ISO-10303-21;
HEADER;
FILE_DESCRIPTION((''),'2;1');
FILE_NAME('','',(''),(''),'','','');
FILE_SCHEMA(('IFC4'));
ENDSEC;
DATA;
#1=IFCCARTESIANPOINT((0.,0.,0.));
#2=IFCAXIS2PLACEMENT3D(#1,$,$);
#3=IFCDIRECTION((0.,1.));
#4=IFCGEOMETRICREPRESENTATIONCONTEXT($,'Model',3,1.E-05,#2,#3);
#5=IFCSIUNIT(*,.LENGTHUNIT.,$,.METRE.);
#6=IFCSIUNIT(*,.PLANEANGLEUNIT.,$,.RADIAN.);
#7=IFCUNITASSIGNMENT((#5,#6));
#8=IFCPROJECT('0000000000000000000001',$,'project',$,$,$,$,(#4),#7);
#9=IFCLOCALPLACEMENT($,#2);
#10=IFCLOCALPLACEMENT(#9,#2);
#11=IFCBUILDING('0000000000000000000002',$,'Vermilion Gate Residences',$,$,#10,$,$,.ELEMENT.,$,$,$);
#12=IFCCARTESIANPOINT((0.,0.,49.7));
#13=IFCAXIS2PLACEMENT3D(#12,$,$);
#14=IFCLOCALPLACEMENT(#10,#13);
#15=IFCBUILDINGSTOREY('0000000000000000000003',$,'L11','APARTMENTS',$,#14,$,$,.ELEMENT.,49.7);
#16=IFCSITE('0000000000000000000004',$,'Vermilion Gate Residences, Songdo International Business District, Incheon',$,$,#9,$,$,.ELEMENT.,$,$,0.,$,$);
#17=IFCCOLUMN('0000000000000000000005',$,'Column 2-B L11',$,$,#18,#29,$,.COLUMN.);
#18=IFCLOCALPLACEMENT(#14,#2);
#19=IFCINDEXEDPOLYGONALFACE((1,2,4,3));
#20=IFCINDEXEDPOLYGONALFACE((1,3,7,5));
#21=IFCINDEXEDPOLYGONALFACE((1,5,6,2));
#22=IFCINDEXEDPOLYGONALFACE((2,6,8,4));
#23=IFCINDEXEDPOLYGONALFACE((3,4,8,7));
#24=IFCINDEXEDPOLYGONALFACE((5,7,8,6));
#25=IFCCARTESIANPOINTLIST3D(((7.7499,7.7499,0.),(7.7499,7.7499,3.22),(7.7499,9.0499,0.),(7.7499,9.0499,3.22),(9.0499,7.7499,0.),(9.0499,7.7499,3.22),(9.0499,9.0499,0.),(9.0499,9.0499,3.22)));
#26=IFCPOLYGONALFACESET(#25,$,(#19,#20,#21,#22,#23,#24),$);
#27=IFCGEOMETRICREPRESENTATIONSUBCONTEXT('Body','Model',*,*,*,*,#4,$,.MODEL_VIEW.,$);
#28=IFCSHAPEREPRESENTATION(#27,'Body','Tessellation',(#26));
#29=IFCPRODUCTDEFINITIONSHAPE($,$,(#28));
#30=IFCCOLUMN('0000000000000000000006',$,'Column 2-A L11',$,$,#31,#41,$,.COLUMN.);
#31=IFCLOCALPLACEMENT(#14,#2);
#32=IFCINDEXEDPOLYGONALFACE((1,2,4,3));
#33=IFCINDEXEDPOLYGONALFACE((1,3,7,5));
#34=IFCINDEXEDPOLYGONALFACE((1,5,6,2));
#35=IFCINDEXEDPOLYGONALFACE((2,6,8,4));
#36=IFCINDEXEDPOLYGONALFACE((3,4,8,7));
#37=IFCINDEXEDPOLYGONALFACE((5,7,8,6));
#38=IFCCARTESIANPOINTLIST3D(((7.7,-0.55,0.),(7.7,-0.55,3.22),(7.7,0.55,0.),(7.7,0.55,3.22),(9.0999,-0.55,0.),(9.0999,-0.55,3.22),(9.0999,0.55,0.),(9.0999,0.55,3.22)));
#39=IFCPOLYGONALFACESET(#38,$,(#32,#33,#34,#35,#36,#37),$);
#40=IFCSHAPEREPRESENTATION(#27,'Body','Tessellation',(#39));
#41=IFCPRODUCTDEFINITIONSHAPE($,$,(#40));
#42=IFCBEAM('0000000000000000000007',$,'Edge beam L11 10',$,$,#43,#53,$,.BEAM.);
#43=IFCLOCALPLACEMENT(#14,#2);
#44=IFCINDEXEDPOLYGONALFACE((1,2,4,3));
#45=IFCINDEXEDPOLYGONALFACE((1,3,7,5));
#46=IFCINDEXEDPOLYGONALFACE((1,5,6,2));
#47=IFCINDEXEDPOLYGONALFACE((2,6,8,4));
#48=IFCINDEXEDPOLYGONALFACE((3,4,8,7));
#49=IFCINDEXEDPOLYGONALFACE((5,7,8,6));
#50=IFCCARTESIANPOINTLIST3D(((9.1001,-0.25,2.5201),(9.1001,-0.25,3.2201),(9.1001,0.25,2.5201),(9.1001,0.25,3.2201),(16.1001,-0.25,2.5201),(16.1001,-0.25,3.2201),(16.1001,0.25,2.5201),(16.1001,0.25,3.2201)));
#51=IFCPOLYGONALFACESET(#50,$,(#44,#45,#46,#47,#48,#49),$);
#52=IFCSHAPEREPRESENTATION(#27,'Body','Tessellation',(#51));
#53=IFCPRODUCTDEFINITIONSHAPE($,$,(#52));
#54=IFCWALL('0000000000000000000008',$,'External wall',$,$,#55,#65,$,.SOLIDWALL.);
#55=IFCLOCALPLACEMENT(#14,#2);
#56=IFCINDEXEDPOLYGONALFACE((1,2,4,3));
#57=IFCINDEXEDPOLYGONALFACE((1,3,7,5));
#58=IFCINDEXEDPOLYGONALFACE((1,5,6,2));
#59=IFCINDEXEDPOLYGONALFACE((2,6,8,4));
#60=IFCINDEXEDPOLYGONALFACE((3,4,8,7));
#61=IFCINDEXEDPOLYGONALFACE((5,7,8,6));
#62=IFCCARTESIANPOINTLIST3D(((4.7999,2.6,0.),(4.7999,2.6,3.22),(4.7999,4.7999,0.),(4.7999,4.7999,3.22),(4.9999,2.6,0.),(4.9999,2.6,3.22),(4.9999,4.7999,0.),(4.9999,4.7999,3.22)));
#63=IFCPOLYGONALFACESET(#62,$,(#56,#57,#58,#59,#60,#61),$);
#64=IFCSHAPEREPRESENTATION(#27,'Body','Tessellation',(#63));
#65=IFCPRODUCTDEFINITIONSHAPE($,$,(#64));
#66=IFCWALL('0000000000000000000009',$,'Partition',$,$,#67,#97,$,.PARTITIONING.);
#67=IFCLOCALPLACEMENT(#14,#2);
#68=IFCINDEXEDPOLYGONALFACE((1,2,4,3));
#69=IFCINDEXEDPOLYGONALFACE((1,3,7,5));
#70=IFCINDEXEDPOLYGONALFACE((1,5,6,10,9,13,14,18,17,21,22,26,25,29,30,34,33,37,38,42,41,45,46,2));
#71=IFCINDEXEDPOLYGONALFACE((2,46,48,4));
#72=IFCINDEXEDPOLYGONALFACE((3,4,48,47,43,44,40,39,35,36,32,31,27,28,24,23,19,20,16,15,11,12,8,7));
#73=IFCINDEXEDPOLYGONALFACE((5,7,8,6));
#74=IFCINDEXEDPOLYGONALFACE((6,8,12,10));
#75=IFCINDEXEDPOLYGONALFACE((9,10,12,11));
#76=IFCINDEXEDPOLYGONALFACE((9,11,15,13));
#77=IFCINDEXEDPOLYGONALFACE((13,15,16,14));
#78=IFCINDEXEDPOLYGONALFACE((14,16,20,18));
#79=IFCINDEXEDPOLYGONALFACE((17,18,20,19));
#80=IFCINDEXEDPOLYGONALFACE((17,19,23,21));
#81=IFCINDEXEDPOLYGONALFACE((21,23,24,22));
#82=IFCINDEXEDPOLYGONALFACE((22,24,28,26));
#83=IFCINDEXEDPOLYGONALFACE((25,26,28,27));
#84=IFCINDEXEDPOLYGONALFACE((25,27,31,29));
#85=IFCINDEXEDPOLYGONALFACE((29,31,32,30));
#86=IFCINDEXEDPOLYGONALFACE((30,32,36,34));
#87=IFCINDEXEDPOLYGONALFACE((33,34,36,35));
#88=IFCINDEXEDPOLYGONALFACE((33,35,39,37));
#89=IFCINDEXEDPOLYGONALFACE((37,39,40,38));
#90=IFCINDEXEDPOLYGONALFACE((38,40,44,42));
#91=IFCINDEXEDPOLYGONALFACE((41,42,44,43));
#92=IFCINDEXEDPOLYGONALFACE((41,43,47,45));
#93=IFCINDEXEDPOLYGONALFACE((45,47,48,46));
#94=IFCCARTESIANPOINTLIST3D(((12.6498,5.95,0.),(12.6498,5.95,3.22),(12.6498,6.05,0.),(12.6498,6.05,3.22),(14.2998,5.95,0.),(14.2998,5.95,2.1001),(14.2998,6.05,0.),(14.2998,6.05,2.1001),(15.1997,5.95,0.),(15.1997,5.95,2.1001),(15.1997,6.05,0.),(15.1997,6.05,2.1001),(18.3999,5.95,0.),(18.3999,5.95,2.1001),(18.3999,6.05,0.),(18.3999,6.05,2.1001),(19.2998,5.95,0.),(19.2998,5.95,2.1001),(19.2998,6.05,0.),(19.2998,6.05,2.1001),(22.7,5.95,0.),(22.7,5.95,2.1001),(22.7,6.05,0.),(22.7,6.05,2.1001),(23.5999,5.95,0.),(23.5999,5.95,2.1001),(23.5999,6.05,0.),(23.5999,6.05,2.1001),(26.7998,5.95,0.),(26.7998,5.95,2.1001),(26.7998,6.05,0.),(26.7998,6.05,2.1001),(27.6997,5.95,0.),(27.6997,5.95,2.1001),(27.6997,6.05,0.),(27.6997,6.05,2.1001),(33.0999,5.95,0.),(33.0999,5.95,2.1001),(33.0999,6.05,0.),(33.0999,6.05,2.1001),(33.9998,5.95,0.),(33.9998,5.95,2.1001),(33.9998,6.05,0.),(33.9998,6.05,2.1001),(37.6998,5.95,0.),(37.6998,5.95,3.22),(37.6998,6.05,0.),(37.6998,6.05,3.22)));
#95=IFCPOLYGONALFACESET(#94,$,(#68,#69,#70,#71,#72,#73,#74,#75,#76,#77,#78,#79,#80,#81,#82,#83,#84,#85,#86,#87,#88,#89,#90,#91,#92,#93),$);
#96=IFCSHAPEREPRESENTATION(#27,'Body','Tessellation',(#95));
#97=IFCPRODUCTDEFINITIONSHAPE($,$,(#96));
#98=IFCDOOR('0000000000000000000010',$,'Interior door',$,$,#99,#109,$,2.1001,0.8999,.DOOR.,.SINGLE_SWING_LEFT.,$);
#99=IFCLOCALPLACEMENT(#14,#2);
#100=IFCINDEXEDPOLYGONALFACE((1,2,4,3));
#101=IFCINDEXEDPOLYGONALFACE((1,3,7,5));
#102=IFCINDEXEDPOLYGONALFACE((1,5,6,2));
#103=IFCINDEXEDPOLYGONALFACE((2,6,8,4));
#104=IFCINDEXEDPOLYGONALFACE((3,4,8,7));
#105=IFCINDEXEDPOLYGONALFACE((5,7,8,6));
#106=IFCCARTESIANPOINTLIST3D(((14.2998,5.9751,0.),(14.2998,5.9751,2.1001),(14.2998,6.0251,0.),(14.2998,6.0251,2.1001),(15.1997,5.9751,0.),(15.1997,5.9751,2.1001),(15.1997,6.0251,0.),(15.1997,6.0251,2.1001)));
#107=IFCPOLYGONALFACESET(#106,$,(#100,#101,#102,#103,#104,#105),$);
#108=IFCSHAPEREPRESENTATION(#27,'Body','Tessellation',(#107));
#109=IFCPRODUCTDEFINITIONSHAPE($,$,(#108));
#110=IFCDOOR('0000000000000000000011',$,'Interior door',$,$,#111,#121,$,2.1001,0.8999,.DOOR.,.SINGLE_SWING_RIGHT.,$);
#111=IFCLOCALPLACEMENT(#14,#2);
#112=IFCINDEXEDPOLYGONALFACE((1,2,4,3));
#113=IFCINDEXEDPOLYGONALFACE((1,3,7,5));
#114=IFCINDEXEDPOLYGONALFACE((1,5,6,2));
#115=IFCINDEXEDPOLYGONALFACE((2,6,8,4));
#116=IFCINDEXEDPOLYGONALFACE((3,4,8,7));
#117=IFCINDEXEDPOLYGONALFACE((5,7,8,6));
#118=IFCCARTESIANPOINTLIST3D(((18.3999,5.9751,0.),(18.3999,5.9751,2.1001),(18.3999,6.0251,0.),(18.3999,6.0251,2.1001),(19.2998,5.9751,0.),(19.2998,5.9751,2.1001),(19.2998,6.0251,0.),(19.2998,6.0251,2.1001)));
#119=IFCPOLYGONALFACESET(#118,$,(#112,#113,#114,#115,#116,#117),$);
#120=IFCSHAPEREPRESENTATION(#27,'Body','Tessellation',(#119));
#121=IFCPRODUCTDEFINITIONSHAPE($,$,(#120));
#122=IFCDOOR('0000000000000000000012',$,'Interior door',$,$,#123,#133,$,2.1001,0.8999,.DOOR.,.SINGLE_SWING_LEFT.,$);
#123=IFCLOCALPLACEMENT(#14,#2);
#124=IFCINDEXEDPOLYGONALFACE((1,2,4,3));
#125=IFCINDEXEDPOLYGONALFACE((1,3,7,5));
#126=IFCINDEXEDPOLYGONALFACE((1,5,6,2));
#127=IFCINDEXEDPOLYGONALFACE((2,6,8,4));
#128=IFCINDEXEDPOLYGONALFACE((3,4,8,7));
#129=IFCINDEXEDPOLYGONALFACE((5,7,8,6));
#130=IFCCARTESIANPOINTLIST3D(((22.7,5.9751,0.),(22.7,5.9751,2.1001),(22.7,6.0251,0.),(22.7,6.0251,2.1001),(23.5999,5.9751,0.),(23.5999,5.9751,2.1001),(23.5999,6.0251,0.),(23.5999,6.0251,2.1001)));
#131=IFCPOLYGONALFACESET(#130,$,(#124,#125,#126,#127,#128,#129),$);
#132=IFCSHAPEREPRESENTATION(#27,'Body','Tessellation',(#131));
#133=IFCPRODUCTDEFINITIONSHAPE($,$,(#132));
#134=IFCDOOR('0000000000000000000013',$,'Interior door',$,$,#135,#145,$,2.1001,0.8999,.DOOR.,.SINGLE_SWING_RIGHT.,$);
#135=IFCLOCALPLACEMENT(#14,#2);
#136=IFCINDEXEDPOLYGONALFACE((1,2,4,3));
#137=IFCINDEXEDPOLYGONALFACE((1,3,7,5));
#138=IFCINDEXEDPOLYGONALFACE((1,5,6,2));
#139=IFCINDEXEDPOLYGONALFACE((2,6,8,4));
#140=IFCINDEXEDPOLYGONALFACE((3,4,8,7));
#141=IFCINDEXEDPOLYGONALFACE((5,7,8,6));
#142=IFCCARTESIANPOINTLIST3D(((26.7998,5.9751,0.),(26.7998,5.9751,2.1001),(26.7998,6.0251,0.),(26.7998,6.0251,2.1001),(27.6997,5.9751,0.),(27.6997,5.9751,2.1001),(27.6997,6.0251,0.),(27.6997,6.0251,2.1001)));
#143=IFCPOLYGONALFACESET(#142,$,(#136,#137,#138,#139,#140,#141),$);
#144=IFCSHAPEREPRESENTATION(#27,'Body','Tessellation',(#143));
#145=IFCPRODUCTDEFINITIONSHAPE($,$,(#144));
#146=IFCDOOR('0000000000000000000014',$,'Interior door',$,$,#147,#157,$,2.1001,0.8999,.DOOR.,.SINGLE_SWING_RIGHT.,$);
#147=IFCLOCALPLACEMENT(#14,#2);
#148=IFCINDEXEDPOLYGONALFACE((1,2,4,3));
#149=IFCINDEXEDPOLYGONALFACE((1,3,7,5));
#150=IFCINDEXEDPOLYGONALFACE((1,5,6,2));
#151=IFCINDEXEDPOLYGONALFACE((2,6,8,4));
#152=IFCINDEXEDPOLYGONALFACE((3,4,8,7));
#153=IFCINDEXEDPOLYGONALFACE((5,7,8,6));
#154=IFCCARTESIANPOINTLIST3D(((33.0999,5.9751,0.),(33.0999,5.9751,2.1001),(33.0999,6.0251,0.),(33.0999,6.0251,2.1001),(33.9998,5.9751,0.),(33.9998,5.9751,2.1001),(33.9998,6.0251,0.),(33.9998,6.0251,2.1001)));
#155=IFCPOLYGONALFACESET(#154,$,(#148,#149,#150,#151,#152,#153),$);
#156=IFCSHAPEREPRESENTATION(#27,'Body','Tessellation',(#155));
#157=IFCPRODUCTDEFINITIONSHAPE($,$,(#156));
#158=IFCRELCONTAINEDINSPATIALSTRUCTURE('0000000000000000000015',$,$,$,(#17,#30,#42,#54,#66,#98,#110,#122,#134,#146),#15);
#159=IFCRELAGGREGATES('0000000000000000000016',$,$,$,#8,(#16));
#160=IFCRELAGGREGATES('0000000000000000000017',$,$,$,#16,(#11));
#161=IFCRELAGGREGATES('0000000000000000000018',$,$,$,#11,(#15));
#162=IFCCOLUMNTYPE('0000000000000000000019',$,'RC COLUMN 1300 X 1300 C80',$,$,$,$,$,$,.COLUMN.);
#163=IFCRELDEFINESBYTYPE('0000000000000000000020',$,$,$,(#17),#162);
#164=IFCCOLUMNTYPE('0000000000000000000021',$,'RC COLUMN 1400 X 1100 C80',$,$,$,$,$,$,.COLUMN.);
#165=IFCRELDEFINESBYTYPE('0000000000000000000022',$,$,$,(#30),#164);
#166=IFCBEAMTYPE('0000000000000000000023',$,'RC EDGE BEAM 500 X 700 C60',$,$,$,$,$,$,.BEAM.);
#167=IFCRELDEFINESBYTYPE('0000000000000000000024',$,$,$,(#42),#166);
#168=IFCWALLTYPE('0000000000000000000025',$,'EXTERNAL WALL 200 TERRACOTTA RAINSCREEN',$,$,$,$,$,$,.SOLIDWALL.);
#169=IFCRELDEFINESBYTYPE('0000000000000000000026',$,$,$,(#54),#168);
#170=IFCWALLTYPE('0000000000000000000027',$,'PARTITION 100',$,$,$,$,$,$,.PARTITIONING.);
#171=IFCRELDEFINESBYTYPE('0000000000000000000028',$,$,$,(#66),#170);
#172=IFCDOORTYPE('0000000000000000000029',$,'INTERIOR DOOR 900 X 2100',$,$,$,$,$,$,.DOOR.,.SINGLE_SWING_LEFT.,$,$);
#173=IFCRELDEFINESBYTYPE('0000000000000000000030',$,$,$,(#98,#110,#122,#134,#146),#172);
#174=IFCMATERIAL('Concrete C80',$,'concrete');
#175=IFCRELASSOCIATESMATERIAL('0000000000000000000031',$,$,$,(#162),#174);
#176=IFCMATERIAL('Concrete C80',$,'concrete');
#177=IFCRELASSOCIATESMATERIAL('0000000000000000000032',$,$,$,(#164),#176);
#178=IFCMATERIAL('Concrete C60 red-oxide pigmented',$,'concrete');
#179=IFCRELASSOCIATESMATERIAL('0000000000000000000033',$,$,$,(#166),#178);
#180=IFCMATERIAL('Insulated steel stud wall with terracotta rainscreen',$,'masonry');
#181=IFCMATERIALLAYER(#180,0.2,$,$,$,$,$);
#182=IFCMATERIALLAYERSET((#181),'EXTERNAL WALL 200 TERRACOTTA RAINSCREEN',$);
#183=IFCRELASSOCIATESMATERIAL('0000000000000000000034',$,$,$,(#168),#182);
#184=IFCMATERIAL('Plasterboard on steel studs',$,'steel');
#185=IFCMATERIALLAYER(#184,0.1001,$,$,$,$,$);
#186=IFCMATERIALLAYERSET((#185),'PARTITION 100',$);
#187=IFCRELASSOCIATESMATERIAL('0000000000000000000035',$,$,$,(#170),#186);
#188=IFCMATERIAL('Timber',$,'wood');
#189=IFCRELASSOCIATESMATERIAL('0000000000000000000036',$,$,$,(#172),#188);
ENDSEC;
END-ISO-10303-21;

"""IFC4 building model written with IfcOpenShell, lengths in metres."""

from ifc_helpers import new_model, si_unit, direction, frame, frame_2d, origin, origin_2d, place, context, subcontext, project, spatial, rectangle, extrude, material, layer, layer_set, material_profile, profile_set, type_object, element, fill, save


model = new_model("IFC4")

# Units and contexts
model_context = context("Model", 3, precision=1e-05, world=origin(), true_north=direction((0.0, 1.0)))
body_context = subcontext(model_context, "Body", "Model", "MODEL_VIEW")
ifc_project = project(units=[si_unit("LENGTHUNIT", "METRE"), si_unit("PLANEANGLEUNIT", "RADIAN")], contexts=[model_context])

# Site, building, storey
site_placement = place(None, origin())
site = spatial("IfcSite", under=ifc_project, at=site_placement, Name="Vermilion Gate Residences, Songdo International Business District, Incheon", CompositionType="ELEMENT", RefElevation=0.0)
building_placement = place(site_placement, origin())
building = spatial("IfcBuilding", under=site, at=building_placement, Name="Vermilion Gate Residences", CompositionType="ELEMENT")
storey_placement = place(building_placement, frame((0.0, 0.0, 49.7)))
storey = spatial("IfcBuildingStorey", under=building, at=storey_placement, Name="L11", Description="APARTMENTS", CompositionType="ELEMENT", Elevation=49.7)

# Columns
ifc_material_1 = material(Name="Concrete C80", Category="concrete")
ifc_material_profile_1 = material_profile(ifc_material_1, rectangle(XDim=1.3, YDim=1.3, at=origin_2d()), Name="RC-1300x1300")
ifc_profile_set_1 = profile_set([ifc_material_profile_1], Name="Concrete C80")
column_type_1 = type_object("IfcColumnType", Name="RC COLUMN 1300 X 1300 C80", PredefinedType="COLUMN", material=ifc_profile_set_1)
column_1_placement = place(storey_placement, frame((8.3999, 8.3999, 0.0), z_axis=(0.0, 0.0, 1.0), x_axis=(1.0, 0.0, 0.0)))
element("IfcColumn", 1, at=column_1_placement, inside=storey, type_object=column_type_1, Name="Column 2-B L11", PredefinedType="COLUMN", context=body_context, shape_type="SweptSolid", body=[
    extrude(rectangle(XDim=1.3, YDim=1.3, at=origin_2d()), origin(), (0.0, 0.0, 1.0), 3.22),
])
ifc_material_2 = material(Name="Concrete C80", Category="concrete")
ifc_material_profile_2 = material_profile(ifc_material_2, rectangle(XDim=1.3999, YDim=1.1001, at=origin_2d()), Name="RC-1400x1100")
ifc_profile_set_2 = profile_set([ifc_material_profile_2], Name="Concrete C80")
column_type_2 = type_object("IfcColumnType", Name="RC COLUMN 1400 X 1100 C80", PredefinedType="COLUMN", material=ifc_profile_set_2)
column_2_placement = place(storey_placement, frame((8.3999, 0.0, 0.0), z_axis=(0.0, 0.0, 1.0), x_axis=(1.0, 0.0, 0.0)))
element("IfcColumn", 2, at=column_2_placement, inside=storey, type_object=column_type_2, Name="Column 2-A L11", PredefinedType="COLUMN", context=body_context, shape_type="SweptSolid", body=[
    extrude(rectangle(XDim=1.3999, YDim=1.1001, at=origin_2d()), origin(), (0.0, 0.0, 1.0), 3.22),
])

# Beam
ifc_material_3 = material(Name="Concrete C60 red-oxide pigmented", Category="concrete")
ifc_material_profile_3 = material_profile(ifc_material_3, rectangle(XDim=0.5, YDim=0.7, at=origin_2d()), Name="RC-500x700")
ifc_profile_set_3 = profile_set([ifc_material_profile_3], Name="Concrete C60 red-oxide pigmented")
beam_type = type_object("IfcBeamType", Name="RC EDGE BEAM 500 X 700 C60", PredefinedType="BEAM", material=ifc_profile_set_3)
beam_placement = place(storey_placement, frame((9.1001, 0.0, 2.8701), z_axis=(1.0, 0.0, 0.0), x_axis=(0.0, 1.0, 0.0)))
element("IfcBeam", 3, at=beam_placement, inside=storey, type_object=beam_type, Name="Edge beam L11 10", PredefinedType="BEAM", context=body_context, shape_type="SweptSolid", body=[
    extrude(rectangle(XDim=0.5, YDim=0.7, at=origin_2d()), origin(), (0.0, 0.0, 1.0), 7.0),
])

# Wall
ifc_material_4 = material(Name="Insulated steel stud wall with terracotta rainscreen", Category="masonry")
ifc_layer_1 = layer(ifc_material_4, 0.2)
ifc_layer_set_1 = layer_set([ifc_layer_1], Name="EXTERNAL WALL 200 TERRACOTTA RAINSCREEN")
wall_type_1 = type_object("IfcWallType", Name="EXTERNAL WALL 200 TERRACOTTA RAINSCREEN", PredefinedType="SOLIDWALL", material=ifc_layer_set_1)
wall_1_placement = place(storey_placement, frame((4.8999, 4.8, 0.0), z_axis=(0.0, 0.0, 1.0), x_axis=(0.0, -1.0, 0.0)))
element("IfcWall", 4, at=wall_1_placement, inside=storey, type_object=wall_type_1, Name="External wall", PredefinedType="SOLIDWALL", context=body_context, shape_type="SweptSolid", body=[
    extrude(rectangle(XDim=2.2, YDim=0.2, at=frame_2d((1.1001, 0.0))), origin(), (0.0, 0.0, 1.0), 3.22),
])

# Wall, openings, doors
ifc_material_5 = material(Name="Plasterboard on steel studs", Category="steel")
ifc_layer_2 = layer(ifc_material_5, 0.1001)
ifc_layer_set_2 = layer_set([ifc_layer_2], Name="PARTITION 100")
wall_type_2 = type_object("IfcWallType", Name="PARTITION 100", PredefinedType="PARTITIONING", material=ifc_layer_set_2)
wall_2_placement = place(storey_placement, frame((12.6499, 6.0, 0.0), z_axis=(0.0, 0.0, 1.0), x_axis=(1.0, 0.0, 0.0)))
wall_2 = element("IfcWall", 5, at=wall_2_placement, inside=storey, type_object=wall_type_2, Name="Partition", PredefinedType="PARTITIONING", context=body_context, shape_type="SweptSolid", body=[
    extrude(rectangle(XDim=25.05, YDim=0.1001, at=frame_2d((12.5249, 0.0))), origin(), (0.0, 0.0, 1.0), 3.22),
])
opening_1_placement = place(wall_2_placement, frame((1.6499, 0.0, 0.0)))
opening_1 = element("IfcOpeningElement", 6, at=opening_1_placement, cuts=wall_2, PredefinedType="OPENING", context=body_context, shape_type="SweptSolid", body=[
    extrude(rectangle(XDim=0.8999, YDim=2.1001, at=frame_2d((0.45, 1.05))), frame((0.0, 0.0601, 0.0), z_axis=(0.0, -1.0, 0.0), x_axis=(1.0, 0.0, 0.0)), (0.0, 0.0, 1.0), 0.1201),
])
opening_2_placement = place(wall_2_placement, frame((5.75, 0.0, 0.0)))
opening_2 = element("IfcOpeningElement", 7, at=opening_2_placement, cuts=wall_2, PredefinedType="OPENING", context=body_context, shape_type="SweptSolid", body=[
    extrude(rectangle(XDim=0.8999, YDim=2.1001, at=frame_2d((0.45, 1.05))), frame((0.0, 0.0601, 0.0), z_axis=(0.0, -1.0, 0.0), x_axis=(1.0, 0.0, 0.0)), (0.0, 0.0, 1.0), 0.1201),
])
opening_3_placement = place(wall_2_placement, frame((10.05, 0.0, 0.0)))
opening_3 = element("IfcOpeningElement", 8, at=opening_3_placement, cuts=wall_2, PredefinedType="OPENING", context=body_context, shape_type="SweptSolid", body=[
    extrude(rectangle(XDim=0.8999, YDim=2.1001, at=frame_2d((0.45, 1.05))), frame((0.0, 0.0601, 0.0), z_axis=(0.0, -1.0, 0.0), x_axis=(1.0, 0.0, 0.0)), (0.0, 0.0, 1.0), 0.1201),
])
opening_4_placement = place(wall_2_placement, frame((14.1499, 0.0, 0.0)))
opening_4 = element("IfcOpeningElement", 9, at=opening_4_placement, cuts=wall_2, PredefinedType="OPENING", context=body_context, shape_type="SweptSolid", body=[
    extrude(rectangle(XDim=0.8999, YDim=2.1001, at=frame_2d((0.45, 1.05))), frame((0.0, 0.0601, 0.0), z_axis=(0.0, -1.0, 0.0), x_axis=(1.0, 0.0, 0.0)), (0.0, 0.0, 1.0), 0.1201),
])
opening_5_placement = place(wall_2_placement, frame((20.45, 0.0, 0.0)))
opening_5 = element("IfcOpeningElement", 10, at=opening_5_placement, cuts=wall_2, PredefinedType="OPENING", context=body_context, shape_type="SweptSolid", body=[
    extrude(rectangle(XDim=0.8999, YDim=2.1001, at=frame_2d((0.45, 1.05))), frame((0.0, 0.0601, 0.0), z_axis=(0.0, -1.0, 0.0), x_axis=(1.0, 0.0, 0.0)), (0.0, 0.0, 1.0), 0.1201),
])
ifc_material_6 = material(Name="Timber", Category="wood")
door_type = type_object("IfcDoorType", Name="INTERIOR DOOR 900 X 2100", OperationType="SINGLE_SWING_LEFT", PredefinedType="DOOR", material=ifc_material_6)
door_1_placement = place(opening_1_placement, frame((0.8999, 0.0, 0.0), z_axis=(0.0, 0.0, 1.0), x_axis=(-1.0, 0.0, 0.0)))
door_1 = element("IfcDoor", 11, at=door_1_placement, inside=storey, type_object=door_type, Name="Interior door", OperationType="SINGLE_SWING_LEFT", OverallHeight=2.1001, OverallWidth=0.8999, PredefinedType="DOOR", context=body_context, shape_type="SweptSolid", body=[
    extrude(rectangle(XDim=0.8999, YDim=2.1001, at=frame_2d((0.45, 1.05))), frame((0.0, 0.0249, 0.0), z_axis=(0.0, -1.0, 0.0), x_axis=(1.0, 0.0, 0.0)), (0.0, 0.0, 1.0), 0.05),
])
fill(opening_1, door_1)
door_2_placement = place(opening_2_placement, frame((0.8999, 0.0, 0.0), z_axis=(0.0, 0.0, 1.0), x_axis=(-1.0, 0.0, 0.0)))
door_2 = element("IfcDoor", 12, at=door_2_placement, inside=storey, type_object=door_type, Name="Interior door", OperationType="SINGLE_SWING_RIGHT", OverallHeight=2.1001, OverallWidth=0.8999, PredefinedType="DOOR", context=body_context, shape_type="SweptSolid", body=[
    extrude(rectangle(XDim=0.8999, YDim=2.1001, at=frame_2d((0.45, 1.05))), frame((0.0, 0.0249, 0.0), z_axis=(0.0, -1.0, 0.0), x_axis=(1.0, 0.0, 0.0)), (0.0, 0.0, 1.0), 0.05),
])
fill(opening_2, door_2)
door_3_placement = place(opening_3_placement, frame((0.8999, 0.0, 0.0), z_axis=(0.0, 0.0, 1.0), x_axis=(-1.0, 0.0, 0.0)))
door_3 = element("IfcDoor", 13, at=door_3_placement, inside=storey, type_object=door_type, Name="Interior door", OperationType="SINGLE_SWING_LEFT", OverallHeight=2.1001, OverallWidth=0.8999, PredefinedType="DOOR", context=body_context, shape_type="SweptSolid", body=[
    extrude(rectangle(XDim=0.8999, YDim=2.1001, at=frame_2d((0.45, 1.05))), frame((0.0, 0.0249, 0.0), z_axis=(0.0, -1.0, 0.0), x_axis=(1.0, 0.0, 0.0)), (0.0, 0.0, 1.0), 0.05),
])
fill(opening_3, door_3)
door_4_placement = place(opening_4_placement, frame((0.8999, 0.0, 0.0), z_axis=(0.0, 0.0, 1.0), x_axis=(-1.0, 0.0, 0.0)))
door_4 = element("IfcDoor", 14, at=door_4_placement, inside=storey, type_object=door_type, Name="Interior door", OperationType="SINGLE_SWING_RIGHT", OverallHeight=2.1001, OverallWidth=0.8999, PredefinedType="DOOR", context=body_context, shape_type="SweptSolid", body=[
    extrude(rectangle(XDim=0.8999, YDim=2.1001, at=frame_2d((0.45, 1.05))), frame((0.0, 0.0249, 0.0), z_axis=(0.0, -1.0, 0.0), x_axis=(1.0, 0.0, 0.0)), (0.0, 0.0, 1.0), 0.05),
])
fill(opening_4, door_4)
door_5_placement = place(opening_5_placement, frame((0.8999, 0.0, 0.0), z_axis=(0.0, 0.0, 1.0), x_axis=(-1.0, 0.0, 0.0)))
door_5 = element("IfcDoor", 15, at=door_5_placement, inside=storey, type_object=door_type, Name="Interior door", OperationType="SINGLE_SWING_RIGHT", OverallHeight=2.1001, OverallWidth=0.8999, PredefinedType="DOOR", context=body_context, shape_type="SweptSolid", body=[
    extrude(rectangle(XDim=0.8999, YDim=2.1001, at=frame_2d((0.45, 1.05))), frame((0.0, 0.0249, 0.0), z_axis=(0.0, -1.0, 0.0), x_axis=(1.0, 0.0, 0.0)), (0.0, 0.0, 1.0), 0.05),
])
fill(opening_5, door_5)

save(model, "model.ifc")
